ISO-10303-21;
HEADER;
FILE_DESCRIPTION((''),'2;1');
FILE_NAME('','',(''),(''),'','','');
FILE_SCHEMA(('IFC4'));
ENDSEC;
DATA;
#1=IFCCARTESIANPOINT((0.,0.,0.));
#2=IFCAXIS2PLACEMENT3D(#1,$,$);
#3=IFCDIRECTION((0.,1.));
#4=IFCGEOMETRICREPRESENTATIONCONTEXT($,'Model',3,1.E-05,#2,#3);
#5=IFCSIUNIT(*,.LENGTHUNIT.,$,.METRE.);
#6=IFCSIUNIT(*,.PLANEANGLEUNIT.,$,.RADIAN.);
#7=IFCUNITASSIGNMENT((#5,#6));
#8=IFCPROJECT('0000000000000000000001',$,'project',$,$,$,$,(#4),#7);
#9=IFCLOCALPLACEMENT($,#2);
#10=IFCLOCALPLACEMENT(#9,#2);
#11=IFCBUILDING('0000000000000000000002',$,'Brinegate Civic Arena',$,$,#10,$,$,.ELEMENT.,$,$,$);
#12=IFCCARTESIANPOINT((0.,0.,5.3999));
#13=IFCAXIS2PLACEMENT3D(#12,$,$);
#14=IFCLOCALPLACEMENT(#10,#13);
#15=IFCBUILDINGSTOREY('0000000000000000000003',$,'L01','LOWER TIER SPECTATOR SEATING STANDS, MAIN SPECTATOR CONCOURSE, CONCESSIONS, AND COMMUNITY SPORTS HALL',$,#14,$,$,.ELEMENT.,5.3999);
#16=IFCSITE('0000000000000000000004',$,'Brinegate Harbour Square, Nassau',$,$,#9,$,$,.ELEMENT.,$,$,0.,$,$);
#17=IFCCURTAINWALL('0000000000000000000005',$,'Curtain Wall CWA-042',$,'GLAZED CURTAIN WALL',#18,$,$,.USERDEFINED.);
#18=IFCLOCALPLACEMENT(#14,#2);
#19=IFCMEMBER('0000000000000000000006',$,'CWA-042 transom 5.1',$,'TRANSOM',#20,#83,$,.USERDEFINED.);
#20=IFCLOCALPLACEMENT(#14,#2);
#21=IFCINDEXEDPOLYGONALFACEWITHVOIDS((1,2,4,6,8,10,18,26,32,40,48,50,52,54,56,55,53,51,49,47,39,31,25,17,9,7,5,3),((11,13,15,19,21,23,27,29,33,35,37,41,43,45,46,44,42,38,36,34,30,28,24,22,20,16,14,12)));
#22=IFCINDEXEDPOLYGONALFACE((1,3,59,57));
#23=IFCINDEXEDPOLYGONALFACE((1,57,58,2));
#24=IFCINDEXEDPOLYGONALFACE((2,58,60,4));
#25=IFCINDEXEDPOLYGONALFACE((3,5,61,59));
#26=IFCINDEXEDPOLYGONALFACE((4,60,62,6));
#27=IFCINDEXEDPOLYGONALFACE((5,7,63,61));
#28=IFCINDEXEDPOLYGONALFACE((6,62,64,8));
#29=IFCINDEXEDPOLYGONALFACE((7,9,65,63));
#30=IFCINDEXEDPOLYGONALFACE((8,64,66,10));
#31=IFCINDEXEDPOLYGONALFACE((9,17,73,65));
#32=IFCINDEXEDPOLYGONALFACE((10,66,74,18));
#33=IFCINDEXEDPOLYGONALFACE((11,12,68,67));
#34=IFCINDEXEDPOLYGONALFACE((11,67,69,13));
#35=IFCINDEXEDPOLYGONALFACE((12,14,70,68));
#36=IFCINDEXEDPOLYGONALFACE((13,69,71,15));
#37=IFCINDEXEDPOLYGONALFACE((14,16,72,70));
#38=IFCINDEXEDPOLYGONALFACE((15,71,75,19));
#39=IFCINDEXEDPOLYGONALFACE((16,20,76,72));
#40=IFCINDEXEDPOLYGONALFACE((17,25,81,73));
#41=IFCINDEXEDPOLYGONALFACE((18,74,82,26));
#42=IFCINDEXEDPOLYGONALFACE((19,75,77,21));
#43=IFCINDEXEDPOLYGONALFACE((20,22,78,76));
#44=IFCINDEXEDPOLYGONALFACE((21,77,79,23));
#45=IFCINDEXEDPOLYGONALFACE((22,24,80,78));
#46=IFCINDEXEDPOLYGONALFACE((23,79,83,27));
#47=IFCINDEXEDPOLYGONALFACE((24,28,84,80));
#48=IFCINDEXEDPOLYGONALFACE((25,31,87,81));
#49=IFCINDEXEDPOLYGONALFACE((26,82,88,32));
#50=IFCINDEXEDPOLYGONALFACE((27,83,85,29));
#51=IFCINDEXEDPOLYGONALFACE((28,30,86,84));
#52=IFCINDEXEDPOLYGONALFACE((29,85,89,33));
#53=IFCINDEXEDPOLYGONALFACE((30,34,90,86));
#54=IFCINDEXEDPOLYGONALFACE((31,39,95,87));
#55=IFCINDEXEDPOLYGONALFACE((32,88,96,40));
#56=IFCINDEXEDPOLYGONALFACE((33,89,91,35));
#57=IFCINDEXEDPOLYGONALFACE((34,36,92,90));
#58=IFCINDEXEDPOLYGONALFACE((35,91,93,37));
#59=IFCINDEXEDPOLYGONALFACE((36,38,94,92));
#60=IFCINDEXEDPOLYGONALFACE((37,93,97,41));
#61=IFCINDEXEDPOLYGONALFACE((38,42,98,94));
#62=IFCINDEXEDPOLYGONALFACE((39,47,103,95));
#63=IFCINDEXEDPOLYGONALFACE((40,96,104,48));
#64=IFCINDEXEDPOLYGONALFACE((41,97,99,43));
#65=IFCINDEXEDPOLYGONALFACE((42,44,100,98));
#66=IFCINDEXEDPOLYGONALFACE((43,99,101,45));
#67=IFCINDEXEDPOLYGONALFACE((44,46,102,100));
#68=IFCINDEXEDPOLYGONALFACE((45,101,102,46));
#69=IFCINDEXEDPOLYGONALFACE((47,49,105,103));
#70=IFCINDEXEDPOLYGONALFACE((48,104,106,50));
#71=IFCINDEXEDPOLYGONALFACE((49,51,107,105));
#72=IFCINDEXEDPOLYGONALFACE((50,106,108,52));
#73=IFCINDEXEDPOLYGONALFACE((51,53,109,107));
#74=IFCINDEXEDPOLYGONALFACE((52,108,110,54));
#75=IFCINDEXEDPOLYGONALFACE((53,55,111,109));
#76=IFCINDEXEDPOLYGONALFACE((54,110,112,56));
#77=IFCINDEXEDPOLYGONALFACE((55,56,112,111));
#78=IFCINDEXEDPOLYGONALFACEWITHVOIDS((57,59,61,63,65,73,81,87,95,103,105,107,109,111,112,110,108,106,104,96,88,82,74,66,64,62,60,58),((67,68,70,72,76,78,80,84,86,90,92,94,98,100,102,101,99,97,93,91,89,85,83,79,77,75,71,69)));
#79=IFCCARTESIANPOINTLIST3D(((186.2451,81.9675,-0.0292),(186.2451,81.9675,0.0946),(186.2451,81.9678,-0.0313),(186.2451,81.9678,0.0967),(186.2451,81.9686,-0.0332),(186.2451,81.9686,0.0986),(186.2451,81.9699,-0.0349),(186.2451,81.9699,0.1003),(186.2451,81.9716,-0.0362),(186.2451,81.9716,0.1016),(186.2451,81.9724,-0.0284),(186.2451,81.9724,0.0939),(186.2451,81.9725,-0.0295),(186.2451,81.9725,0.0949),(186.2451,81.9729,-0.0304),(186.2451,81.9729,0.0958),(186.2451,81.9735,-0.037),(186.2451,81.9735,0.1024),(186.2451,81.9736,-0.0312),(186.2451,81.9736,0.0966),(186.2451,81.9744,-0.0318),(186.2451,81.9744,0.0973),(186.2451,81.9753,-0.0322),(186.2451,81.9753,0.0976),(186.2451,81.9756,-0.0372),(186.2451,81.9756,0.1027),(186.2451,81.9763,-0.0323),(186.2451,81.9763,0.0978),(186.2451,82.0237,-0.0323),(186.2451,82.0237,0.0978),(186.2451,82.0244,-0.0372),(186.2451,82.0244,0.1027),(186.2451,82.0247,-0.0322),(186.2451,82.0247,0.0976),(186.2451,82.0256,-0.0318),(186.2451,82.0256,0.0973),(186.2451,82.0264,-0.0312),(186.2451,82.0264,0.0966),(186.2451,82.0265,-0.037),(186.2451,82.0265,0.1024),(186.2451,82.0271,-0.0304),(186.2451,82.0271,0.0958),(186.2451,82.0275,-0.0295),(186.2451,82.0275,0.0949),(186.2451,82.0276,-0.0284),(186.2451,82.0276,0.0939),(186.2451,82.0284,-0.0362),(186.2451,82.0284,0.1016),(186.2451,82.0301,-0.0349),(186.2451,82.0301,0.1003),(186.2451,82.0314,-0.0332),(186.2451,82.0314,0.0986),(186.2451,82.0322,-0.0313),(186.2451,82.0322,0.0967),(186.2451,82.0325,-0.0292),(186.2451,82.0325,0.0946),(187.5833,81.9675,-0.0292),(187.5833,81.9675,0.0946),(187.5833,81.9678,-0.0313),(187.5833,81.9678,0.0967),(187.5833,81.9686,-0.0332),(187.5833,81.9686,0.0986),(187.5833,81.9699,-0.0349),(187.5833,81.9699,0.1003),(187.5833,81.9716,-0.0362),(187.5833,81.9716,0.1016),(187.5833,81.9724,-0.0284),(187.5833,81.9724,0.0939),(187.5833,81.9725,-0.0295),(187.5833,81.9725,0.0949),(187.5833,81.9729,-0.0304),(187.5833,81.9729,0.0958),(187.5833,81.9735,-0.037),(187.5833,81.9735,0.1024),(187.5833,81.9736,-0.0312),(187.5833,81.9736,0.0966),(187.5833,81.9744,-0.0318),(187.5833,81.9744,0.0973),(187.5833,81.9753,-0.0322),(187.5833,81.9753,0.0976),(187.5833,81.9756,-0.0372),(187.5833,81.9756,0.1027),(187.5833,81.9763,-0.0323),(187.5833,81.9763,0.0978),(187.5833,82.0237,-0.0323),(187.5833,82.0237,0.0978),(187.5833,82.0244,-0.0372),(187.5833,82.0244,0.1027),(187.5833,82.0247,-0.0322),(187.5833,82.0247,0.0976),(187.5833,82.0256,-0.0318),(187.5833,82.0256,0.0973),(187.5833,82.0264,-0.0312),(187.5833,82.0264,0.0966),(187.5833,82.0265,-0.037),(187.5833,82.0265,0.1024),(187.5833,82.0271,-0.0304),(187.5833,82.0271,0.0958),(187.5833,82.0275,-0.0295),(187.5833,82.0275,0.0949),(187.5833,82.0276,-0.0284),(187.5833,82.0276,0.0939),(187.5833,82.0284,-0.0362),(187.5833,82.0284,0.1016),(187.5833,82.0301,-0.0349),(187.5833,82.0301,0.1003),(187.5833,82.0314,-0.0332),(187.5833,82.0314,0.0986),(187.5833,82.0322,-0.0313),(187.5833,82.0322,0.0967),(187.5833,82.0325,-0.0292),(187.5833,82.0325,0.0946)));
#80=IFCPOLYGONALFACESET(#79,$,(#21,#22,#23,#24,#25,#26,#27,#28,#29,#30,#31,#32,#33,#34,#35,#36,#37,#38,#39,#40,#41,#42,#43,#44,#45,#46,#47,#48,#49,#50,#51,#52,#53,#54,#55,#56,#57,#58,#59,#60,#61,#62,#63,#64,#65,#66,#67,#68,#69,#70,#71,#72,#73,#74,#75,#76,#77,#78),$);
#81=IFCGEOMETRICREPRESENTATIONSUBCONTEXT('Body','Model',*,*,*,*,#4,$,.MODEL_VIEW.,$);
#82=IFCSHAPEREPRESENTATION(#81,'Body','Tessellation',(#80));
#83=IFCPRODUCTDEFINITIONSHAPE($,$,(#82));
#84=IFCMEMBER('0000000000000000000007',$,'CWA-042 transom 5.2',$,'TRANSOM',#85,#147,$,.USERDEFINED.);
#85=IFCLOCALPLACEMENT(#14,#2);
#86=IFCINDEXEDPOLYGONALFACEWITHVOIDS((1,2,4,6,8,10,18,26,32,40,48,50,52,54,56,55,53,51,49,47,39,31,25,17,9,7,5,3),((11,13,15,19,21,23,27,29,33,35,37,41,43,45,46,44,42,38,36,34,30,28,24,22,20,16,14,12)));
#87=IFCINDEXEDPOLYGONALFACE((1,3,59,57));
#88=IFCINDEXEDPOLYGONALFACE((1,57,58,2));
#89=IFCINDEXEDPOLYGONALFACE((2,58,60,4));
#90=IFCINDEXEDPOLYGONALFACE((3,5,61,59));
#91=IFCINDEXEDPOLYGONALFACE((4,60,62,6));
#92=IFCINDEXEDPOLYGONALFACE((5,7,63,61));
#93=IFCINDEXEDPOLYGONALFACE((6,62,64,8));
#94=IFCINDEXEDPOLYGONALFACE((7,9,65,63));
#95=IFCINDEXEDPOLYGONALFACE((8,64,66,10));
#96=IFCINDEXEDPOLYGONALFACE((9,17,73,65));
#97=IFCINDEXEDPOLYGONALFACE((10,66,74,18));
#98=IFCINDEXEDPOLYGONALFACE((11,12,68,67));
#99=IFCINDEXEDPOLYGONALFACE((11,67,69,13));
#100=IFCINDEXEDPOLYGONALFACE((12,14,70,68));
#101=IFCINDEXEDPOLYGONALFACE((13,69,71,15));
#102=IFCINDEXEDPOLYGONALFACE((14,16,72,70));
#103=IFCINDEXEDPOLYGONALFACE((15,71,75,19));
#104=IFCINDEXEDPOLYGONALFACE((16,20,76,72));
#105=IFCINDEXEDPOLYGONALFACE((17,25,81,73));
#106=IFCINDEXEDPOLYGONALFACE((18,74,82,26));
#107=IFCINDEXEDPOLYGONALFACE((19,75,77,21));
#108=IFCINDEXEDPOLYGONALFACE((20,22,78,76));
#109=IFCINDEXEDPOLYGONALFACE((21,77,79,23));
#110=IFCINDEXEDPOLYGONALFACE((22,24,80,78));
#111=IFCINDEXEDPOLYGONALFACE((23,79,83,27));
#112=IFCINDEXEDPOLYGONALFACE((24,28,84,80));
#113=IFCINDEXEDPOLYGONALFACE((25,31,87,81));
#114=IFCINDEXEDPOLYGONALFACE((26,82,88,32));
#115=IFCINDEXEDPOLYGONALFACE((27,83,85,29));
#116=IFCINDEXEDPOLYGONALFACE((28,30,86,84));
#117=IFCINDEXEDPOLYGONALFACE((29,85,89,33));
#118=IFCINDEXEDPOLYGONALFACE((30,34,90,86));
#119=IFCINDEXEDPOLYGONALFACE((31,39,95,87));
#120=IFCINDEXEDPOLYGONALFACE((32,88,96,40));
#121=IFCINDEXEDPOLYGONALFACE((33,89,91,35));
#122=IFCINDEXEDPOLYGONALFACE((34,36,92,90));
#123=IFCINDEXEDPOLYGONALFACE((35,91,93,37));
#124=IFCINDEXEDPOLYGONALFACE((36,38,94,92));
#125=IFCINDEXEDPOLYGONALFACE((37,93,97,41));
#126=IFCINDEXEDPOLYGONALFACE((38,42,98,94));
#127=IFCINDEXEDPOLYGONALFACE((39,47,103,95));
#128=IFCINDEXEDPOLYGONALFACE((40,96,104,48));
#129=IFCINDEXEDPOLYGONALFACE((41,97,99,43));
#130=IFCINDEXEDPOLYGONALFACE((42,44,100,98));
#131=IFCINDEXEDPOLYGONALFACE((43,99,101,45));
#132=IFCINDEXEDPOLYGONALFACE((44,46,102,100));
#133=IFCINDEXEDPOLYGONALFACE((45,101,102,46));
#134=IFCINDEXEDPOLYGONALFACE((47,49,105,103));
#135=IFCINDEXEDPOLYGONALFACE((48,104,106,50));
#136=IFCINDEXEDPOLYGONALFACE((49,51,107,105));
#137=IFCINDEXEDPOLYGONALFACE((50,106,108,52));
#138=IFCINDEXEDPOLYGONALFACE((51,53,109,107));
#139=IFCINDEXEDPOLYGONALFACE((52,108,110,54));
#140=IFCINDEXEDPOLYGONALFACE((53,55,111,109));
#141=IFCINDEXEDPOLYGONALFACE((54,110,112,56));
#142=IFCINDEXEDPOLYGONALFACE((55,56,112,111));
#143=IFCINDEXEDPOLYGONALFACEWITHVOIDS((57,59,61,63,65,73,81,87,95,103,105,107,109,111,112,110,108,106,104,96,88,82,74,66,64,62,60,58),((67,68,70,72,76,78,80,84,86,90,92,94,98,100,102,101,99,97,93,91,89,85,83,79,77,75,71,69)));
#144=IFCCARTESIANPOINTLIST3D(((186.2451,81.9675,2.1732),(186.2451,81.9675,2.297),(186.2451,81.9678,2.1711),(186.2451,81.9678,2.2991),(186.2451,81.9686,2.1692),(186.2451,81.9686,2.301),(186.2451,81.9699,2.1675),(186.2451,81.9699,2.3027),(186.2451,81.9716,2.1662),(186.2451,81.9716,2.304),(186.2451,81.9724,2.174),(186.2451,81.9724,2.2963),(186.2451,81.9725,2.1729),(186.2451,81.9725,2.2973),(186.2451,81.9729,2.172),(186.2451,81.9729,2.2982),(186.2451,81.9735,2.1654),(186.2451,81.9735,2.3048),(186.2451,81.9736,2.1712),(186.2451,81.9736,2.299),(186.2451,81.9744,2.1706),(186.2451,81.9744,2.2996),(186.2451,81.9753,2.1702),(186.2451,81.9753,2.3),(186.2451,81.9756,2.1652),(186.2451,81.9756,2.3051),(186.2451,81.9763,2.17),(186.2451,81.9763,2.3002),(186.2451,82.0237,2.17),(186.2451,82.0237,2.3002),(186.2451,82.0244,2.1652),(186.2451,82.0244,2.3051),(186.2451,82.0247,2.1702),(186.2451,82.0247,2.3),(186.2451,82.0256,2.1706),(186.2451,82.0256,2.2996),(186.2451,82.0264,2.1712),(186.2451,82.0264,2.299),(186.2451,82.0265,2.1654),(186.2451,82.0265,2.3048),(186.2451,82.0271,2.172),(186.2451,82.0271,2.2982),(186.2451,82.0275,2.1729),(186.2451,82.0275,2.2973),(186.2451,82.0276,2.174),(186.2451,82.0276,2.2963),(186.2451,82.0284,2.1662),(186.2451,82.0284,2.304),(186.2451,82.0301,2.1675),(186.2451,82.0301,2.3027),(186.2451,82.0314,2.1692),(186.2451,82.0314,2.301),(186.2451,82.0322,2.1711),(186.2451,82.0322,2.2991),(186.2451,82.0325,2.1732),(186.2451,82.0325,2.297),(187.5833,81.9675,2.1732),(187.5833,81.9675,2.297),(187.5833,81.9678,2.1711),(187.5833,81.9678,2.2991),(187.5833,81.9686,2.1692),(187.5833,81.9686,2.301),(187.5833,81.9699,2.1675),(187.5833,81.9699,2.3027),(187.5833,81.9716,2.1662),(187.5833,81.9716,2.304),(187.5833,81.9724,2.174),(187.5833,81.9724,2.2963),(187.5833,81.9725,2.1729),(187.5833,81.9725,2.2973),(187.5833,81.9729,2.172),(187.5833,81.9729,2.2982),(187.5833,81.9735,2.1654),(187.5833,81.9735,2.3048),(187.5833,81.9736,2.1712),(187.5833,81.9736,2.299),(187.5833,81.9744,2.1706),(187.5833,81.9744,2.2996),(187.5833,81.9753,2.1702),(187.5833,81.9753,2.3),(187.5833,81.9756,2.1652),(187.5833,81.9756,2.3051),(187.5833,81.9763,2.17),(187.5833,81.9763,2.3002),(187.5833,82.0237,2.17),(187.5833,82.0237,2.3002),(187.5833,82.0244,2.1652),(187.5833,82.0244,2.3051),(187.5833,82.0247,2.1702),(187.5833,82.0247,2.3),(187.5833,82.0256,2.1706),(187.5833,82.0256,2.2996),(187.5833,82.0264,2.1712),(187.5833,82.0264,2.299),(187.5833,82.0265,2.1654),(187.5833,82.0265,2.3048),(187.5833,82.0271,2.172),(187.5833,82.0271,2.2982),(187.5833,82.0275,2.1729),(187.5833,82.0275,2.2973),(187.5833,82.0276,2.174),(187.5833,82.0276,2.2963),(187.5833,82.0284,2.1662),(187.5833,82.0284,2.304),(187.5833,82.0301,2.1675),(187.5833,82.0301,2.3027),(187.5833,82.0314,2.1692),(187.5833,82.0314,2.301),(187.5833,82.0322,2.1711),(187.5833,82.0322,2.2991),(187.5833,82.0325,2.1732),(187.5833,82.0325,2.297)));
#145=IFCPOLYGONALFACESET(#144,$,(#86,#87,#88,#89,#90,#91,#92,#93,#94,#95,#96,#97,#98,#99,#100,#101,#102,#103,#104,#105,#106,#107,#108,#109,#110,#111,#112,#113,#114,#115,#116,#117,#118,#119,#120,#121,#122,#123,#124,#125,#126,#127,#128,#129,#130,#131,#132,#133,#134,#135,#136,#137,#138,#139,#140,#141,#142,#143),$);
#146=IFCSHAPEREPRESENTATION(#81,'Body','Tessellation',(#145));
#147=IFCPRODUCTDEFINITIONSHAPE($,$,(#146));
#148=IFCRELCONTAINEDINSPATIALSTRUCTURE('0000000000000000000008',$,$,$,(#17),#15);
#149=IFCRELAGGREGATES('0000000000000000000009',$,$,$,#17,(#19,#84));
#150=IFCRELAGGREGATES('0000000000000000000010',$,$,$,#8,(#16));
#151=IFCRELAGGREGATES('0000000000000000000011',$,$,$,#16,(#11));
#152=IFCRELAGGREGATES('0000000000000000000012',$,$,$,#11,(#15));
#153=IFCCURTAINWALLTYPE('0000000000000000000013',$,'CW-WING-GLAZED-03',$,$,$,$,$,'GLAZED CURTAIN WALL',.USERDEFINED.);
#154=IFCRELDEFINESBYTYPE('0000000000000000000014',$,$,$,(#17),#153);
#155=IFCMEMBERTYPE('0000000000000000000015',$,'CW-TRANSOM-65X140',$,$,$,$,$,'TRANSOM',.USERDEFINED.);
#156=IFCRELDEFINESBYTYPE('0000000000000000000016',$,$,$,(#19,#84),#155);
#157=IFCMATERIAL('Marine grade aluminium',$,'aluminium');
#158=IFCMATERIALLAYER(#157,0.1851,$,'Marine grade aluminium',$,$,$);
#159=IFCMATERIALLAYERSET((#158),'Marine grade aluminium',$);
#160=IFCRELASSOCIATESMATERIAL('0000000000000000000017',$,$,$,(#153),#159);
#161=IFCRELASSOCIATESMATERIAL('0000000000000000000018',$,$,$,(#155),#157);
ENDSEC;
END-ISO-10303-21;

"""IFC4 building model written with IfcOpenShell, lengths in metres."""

from ifc_helpers import new_model, si_unit, direction, frame, origin, origin_2d, place, context, subcontext, project, spatial, hollow_rectangle, extrude, material, layer, layer_set, material_profile, profile_set, type_object, element, aggregate, save


model = new_model("IFC4")

# Units and contexts
model_context = context("Model", 3, precision=1e-05, world=origin(), true_north=direction((0.0, 1.0)))
body_context = subcontext(model_context, "Body", "Model", "MODEL_VIEW")
ifc_project = project(units=[si_unit("LENGTHUNIT", "METRE"), si_unit("PLANEANGLEUNIT", "RADIAN")], contexts=[model_context])

# Site, building, storey
site_placement = place(None, origin())
site = spatial("IfcSite", under=ifc_project, at=site_placement, Name="Brinegate Harbour Square, Nassau", CompositionType="ELEMENT", RefElevation=0.0)
building_placement = place(site_placement, origin())
building = spatial("IfcBuilding", under=site, at=building_placement, Name="Brinegate Civic Arena", CompositionType="ELEMENT")
storey_placement = place(building_placement, frame((0.0, 0.0, 5.3999)))
storey = spatial("IfcBuildingStorey", under=building, at=storey_placement, Name="L01", Description="LOWER TIER SPECTATOR SEATING STANDS, MAIN SPECTATOR CONCOURSE, CONCESSIONS, AND COMMUNITY SPORTS HALL", CompositionType="ELEMENT", Elevation=5.3999)

# Curtain wall, members
ifc_material_1 = material(Name="Marine grade aluminium", Category="aluminium")
ifc_layer_1 = layer(ifc_material_1, 0.1851, Name="Marine grade aluminium")
ifc_layer_set_1 = layer_set([ifc_layer_1], Name="Marine grade aluminium")
curtain_wall_type = type_object("IfcCurtainWallType", Name="CW-WING-GLAZED-03", ElementType="GLAZED CURTAIN WALL", PredefinedType="USERDEFINED", material=ifc_layer_set_1)
curtain_wall_placement = place(storey_placement, origin())
curtain_wall = element("IfcCurtainWall", 1, at=curtain_wall_placement, inside=storey, type_object=curtain_wall_type, Name="Curtain Wall CWA-042", ObjectType="GLAZED CURTAIN WALL", PredefinedType="USERDEFINED")
ifc_material_profile_1 = material_profile(ifc_material_1, hollow_rectangle(XDim=0.0649, YDim=0.1399, WallThickness=0.0049, InnerFilletRadius=0.0039, OuterFilletRadius=0.0081, at=origin_2d()), Name="TRN65X140")
ifc_profile_set_1 = profile_set([ifc_material_profile_1], Name="Marine grade aluminium")
member_type_1 = type_object("IfcMemberType", Name="CW-TRANSOM-65X140", ElementType="TRANSOM", PredefinedType="USERDEFINED", material=ifc_profile_set_1)
member_1_placement = place(storey_placement, frame((186.2451, 82.0, 0.0327), z_axis=(1.0, 0.0, 0.0), x_axis=(0.0, 1.0, 0.0)))
member_1 = element("IfcMember", 2, at=member_1_placement, type_object=member_type_1, Name="CWA-042 transom 5.1", ObjectType="TRANSOM", PredefinedType="USERDEFINED", context=body_context, shape_type="SweptSolid", body=[
    extrude(hollow_rectangle(XDim=0.0649, YDim=0.1399, WallThickness=0.0049, InnerFilletRadius=0.0039, OuterFilletRadius=0.0081, at=origin_2d()), origin(), (0.0, 0.0, 1.0), 1.3381),
])
member_2_placement = place(storey_placement, frame((186.2451, 82.0, 2.2351), z_axis=(1.0, 0.0, 0.0), x_axis=(0.0, 1.0, 0.0)))
member_2 = element("IfcMember", 3, at=member_2_placement, type_object=member_type_1, Name="CWA-042 transom 5.2", ObjectType="TRANSOM", PredefinedType="USERDEFINED", context=body_context, shape_type="SweptSolid", body=[
    extrude(hollow_rectangle(XDim=0.0649, YDim=0.1399, WallThickness=0.0049, InnerFilletRadius=0.0039, OuterFilletRadius=0.0081, at=origin_2d()), origin(), (0.0, 0.0, 1.0), 1.3381),
])

aggregate(curtain_wall, [member_1, member_2])

save(model, "model.ifc")
